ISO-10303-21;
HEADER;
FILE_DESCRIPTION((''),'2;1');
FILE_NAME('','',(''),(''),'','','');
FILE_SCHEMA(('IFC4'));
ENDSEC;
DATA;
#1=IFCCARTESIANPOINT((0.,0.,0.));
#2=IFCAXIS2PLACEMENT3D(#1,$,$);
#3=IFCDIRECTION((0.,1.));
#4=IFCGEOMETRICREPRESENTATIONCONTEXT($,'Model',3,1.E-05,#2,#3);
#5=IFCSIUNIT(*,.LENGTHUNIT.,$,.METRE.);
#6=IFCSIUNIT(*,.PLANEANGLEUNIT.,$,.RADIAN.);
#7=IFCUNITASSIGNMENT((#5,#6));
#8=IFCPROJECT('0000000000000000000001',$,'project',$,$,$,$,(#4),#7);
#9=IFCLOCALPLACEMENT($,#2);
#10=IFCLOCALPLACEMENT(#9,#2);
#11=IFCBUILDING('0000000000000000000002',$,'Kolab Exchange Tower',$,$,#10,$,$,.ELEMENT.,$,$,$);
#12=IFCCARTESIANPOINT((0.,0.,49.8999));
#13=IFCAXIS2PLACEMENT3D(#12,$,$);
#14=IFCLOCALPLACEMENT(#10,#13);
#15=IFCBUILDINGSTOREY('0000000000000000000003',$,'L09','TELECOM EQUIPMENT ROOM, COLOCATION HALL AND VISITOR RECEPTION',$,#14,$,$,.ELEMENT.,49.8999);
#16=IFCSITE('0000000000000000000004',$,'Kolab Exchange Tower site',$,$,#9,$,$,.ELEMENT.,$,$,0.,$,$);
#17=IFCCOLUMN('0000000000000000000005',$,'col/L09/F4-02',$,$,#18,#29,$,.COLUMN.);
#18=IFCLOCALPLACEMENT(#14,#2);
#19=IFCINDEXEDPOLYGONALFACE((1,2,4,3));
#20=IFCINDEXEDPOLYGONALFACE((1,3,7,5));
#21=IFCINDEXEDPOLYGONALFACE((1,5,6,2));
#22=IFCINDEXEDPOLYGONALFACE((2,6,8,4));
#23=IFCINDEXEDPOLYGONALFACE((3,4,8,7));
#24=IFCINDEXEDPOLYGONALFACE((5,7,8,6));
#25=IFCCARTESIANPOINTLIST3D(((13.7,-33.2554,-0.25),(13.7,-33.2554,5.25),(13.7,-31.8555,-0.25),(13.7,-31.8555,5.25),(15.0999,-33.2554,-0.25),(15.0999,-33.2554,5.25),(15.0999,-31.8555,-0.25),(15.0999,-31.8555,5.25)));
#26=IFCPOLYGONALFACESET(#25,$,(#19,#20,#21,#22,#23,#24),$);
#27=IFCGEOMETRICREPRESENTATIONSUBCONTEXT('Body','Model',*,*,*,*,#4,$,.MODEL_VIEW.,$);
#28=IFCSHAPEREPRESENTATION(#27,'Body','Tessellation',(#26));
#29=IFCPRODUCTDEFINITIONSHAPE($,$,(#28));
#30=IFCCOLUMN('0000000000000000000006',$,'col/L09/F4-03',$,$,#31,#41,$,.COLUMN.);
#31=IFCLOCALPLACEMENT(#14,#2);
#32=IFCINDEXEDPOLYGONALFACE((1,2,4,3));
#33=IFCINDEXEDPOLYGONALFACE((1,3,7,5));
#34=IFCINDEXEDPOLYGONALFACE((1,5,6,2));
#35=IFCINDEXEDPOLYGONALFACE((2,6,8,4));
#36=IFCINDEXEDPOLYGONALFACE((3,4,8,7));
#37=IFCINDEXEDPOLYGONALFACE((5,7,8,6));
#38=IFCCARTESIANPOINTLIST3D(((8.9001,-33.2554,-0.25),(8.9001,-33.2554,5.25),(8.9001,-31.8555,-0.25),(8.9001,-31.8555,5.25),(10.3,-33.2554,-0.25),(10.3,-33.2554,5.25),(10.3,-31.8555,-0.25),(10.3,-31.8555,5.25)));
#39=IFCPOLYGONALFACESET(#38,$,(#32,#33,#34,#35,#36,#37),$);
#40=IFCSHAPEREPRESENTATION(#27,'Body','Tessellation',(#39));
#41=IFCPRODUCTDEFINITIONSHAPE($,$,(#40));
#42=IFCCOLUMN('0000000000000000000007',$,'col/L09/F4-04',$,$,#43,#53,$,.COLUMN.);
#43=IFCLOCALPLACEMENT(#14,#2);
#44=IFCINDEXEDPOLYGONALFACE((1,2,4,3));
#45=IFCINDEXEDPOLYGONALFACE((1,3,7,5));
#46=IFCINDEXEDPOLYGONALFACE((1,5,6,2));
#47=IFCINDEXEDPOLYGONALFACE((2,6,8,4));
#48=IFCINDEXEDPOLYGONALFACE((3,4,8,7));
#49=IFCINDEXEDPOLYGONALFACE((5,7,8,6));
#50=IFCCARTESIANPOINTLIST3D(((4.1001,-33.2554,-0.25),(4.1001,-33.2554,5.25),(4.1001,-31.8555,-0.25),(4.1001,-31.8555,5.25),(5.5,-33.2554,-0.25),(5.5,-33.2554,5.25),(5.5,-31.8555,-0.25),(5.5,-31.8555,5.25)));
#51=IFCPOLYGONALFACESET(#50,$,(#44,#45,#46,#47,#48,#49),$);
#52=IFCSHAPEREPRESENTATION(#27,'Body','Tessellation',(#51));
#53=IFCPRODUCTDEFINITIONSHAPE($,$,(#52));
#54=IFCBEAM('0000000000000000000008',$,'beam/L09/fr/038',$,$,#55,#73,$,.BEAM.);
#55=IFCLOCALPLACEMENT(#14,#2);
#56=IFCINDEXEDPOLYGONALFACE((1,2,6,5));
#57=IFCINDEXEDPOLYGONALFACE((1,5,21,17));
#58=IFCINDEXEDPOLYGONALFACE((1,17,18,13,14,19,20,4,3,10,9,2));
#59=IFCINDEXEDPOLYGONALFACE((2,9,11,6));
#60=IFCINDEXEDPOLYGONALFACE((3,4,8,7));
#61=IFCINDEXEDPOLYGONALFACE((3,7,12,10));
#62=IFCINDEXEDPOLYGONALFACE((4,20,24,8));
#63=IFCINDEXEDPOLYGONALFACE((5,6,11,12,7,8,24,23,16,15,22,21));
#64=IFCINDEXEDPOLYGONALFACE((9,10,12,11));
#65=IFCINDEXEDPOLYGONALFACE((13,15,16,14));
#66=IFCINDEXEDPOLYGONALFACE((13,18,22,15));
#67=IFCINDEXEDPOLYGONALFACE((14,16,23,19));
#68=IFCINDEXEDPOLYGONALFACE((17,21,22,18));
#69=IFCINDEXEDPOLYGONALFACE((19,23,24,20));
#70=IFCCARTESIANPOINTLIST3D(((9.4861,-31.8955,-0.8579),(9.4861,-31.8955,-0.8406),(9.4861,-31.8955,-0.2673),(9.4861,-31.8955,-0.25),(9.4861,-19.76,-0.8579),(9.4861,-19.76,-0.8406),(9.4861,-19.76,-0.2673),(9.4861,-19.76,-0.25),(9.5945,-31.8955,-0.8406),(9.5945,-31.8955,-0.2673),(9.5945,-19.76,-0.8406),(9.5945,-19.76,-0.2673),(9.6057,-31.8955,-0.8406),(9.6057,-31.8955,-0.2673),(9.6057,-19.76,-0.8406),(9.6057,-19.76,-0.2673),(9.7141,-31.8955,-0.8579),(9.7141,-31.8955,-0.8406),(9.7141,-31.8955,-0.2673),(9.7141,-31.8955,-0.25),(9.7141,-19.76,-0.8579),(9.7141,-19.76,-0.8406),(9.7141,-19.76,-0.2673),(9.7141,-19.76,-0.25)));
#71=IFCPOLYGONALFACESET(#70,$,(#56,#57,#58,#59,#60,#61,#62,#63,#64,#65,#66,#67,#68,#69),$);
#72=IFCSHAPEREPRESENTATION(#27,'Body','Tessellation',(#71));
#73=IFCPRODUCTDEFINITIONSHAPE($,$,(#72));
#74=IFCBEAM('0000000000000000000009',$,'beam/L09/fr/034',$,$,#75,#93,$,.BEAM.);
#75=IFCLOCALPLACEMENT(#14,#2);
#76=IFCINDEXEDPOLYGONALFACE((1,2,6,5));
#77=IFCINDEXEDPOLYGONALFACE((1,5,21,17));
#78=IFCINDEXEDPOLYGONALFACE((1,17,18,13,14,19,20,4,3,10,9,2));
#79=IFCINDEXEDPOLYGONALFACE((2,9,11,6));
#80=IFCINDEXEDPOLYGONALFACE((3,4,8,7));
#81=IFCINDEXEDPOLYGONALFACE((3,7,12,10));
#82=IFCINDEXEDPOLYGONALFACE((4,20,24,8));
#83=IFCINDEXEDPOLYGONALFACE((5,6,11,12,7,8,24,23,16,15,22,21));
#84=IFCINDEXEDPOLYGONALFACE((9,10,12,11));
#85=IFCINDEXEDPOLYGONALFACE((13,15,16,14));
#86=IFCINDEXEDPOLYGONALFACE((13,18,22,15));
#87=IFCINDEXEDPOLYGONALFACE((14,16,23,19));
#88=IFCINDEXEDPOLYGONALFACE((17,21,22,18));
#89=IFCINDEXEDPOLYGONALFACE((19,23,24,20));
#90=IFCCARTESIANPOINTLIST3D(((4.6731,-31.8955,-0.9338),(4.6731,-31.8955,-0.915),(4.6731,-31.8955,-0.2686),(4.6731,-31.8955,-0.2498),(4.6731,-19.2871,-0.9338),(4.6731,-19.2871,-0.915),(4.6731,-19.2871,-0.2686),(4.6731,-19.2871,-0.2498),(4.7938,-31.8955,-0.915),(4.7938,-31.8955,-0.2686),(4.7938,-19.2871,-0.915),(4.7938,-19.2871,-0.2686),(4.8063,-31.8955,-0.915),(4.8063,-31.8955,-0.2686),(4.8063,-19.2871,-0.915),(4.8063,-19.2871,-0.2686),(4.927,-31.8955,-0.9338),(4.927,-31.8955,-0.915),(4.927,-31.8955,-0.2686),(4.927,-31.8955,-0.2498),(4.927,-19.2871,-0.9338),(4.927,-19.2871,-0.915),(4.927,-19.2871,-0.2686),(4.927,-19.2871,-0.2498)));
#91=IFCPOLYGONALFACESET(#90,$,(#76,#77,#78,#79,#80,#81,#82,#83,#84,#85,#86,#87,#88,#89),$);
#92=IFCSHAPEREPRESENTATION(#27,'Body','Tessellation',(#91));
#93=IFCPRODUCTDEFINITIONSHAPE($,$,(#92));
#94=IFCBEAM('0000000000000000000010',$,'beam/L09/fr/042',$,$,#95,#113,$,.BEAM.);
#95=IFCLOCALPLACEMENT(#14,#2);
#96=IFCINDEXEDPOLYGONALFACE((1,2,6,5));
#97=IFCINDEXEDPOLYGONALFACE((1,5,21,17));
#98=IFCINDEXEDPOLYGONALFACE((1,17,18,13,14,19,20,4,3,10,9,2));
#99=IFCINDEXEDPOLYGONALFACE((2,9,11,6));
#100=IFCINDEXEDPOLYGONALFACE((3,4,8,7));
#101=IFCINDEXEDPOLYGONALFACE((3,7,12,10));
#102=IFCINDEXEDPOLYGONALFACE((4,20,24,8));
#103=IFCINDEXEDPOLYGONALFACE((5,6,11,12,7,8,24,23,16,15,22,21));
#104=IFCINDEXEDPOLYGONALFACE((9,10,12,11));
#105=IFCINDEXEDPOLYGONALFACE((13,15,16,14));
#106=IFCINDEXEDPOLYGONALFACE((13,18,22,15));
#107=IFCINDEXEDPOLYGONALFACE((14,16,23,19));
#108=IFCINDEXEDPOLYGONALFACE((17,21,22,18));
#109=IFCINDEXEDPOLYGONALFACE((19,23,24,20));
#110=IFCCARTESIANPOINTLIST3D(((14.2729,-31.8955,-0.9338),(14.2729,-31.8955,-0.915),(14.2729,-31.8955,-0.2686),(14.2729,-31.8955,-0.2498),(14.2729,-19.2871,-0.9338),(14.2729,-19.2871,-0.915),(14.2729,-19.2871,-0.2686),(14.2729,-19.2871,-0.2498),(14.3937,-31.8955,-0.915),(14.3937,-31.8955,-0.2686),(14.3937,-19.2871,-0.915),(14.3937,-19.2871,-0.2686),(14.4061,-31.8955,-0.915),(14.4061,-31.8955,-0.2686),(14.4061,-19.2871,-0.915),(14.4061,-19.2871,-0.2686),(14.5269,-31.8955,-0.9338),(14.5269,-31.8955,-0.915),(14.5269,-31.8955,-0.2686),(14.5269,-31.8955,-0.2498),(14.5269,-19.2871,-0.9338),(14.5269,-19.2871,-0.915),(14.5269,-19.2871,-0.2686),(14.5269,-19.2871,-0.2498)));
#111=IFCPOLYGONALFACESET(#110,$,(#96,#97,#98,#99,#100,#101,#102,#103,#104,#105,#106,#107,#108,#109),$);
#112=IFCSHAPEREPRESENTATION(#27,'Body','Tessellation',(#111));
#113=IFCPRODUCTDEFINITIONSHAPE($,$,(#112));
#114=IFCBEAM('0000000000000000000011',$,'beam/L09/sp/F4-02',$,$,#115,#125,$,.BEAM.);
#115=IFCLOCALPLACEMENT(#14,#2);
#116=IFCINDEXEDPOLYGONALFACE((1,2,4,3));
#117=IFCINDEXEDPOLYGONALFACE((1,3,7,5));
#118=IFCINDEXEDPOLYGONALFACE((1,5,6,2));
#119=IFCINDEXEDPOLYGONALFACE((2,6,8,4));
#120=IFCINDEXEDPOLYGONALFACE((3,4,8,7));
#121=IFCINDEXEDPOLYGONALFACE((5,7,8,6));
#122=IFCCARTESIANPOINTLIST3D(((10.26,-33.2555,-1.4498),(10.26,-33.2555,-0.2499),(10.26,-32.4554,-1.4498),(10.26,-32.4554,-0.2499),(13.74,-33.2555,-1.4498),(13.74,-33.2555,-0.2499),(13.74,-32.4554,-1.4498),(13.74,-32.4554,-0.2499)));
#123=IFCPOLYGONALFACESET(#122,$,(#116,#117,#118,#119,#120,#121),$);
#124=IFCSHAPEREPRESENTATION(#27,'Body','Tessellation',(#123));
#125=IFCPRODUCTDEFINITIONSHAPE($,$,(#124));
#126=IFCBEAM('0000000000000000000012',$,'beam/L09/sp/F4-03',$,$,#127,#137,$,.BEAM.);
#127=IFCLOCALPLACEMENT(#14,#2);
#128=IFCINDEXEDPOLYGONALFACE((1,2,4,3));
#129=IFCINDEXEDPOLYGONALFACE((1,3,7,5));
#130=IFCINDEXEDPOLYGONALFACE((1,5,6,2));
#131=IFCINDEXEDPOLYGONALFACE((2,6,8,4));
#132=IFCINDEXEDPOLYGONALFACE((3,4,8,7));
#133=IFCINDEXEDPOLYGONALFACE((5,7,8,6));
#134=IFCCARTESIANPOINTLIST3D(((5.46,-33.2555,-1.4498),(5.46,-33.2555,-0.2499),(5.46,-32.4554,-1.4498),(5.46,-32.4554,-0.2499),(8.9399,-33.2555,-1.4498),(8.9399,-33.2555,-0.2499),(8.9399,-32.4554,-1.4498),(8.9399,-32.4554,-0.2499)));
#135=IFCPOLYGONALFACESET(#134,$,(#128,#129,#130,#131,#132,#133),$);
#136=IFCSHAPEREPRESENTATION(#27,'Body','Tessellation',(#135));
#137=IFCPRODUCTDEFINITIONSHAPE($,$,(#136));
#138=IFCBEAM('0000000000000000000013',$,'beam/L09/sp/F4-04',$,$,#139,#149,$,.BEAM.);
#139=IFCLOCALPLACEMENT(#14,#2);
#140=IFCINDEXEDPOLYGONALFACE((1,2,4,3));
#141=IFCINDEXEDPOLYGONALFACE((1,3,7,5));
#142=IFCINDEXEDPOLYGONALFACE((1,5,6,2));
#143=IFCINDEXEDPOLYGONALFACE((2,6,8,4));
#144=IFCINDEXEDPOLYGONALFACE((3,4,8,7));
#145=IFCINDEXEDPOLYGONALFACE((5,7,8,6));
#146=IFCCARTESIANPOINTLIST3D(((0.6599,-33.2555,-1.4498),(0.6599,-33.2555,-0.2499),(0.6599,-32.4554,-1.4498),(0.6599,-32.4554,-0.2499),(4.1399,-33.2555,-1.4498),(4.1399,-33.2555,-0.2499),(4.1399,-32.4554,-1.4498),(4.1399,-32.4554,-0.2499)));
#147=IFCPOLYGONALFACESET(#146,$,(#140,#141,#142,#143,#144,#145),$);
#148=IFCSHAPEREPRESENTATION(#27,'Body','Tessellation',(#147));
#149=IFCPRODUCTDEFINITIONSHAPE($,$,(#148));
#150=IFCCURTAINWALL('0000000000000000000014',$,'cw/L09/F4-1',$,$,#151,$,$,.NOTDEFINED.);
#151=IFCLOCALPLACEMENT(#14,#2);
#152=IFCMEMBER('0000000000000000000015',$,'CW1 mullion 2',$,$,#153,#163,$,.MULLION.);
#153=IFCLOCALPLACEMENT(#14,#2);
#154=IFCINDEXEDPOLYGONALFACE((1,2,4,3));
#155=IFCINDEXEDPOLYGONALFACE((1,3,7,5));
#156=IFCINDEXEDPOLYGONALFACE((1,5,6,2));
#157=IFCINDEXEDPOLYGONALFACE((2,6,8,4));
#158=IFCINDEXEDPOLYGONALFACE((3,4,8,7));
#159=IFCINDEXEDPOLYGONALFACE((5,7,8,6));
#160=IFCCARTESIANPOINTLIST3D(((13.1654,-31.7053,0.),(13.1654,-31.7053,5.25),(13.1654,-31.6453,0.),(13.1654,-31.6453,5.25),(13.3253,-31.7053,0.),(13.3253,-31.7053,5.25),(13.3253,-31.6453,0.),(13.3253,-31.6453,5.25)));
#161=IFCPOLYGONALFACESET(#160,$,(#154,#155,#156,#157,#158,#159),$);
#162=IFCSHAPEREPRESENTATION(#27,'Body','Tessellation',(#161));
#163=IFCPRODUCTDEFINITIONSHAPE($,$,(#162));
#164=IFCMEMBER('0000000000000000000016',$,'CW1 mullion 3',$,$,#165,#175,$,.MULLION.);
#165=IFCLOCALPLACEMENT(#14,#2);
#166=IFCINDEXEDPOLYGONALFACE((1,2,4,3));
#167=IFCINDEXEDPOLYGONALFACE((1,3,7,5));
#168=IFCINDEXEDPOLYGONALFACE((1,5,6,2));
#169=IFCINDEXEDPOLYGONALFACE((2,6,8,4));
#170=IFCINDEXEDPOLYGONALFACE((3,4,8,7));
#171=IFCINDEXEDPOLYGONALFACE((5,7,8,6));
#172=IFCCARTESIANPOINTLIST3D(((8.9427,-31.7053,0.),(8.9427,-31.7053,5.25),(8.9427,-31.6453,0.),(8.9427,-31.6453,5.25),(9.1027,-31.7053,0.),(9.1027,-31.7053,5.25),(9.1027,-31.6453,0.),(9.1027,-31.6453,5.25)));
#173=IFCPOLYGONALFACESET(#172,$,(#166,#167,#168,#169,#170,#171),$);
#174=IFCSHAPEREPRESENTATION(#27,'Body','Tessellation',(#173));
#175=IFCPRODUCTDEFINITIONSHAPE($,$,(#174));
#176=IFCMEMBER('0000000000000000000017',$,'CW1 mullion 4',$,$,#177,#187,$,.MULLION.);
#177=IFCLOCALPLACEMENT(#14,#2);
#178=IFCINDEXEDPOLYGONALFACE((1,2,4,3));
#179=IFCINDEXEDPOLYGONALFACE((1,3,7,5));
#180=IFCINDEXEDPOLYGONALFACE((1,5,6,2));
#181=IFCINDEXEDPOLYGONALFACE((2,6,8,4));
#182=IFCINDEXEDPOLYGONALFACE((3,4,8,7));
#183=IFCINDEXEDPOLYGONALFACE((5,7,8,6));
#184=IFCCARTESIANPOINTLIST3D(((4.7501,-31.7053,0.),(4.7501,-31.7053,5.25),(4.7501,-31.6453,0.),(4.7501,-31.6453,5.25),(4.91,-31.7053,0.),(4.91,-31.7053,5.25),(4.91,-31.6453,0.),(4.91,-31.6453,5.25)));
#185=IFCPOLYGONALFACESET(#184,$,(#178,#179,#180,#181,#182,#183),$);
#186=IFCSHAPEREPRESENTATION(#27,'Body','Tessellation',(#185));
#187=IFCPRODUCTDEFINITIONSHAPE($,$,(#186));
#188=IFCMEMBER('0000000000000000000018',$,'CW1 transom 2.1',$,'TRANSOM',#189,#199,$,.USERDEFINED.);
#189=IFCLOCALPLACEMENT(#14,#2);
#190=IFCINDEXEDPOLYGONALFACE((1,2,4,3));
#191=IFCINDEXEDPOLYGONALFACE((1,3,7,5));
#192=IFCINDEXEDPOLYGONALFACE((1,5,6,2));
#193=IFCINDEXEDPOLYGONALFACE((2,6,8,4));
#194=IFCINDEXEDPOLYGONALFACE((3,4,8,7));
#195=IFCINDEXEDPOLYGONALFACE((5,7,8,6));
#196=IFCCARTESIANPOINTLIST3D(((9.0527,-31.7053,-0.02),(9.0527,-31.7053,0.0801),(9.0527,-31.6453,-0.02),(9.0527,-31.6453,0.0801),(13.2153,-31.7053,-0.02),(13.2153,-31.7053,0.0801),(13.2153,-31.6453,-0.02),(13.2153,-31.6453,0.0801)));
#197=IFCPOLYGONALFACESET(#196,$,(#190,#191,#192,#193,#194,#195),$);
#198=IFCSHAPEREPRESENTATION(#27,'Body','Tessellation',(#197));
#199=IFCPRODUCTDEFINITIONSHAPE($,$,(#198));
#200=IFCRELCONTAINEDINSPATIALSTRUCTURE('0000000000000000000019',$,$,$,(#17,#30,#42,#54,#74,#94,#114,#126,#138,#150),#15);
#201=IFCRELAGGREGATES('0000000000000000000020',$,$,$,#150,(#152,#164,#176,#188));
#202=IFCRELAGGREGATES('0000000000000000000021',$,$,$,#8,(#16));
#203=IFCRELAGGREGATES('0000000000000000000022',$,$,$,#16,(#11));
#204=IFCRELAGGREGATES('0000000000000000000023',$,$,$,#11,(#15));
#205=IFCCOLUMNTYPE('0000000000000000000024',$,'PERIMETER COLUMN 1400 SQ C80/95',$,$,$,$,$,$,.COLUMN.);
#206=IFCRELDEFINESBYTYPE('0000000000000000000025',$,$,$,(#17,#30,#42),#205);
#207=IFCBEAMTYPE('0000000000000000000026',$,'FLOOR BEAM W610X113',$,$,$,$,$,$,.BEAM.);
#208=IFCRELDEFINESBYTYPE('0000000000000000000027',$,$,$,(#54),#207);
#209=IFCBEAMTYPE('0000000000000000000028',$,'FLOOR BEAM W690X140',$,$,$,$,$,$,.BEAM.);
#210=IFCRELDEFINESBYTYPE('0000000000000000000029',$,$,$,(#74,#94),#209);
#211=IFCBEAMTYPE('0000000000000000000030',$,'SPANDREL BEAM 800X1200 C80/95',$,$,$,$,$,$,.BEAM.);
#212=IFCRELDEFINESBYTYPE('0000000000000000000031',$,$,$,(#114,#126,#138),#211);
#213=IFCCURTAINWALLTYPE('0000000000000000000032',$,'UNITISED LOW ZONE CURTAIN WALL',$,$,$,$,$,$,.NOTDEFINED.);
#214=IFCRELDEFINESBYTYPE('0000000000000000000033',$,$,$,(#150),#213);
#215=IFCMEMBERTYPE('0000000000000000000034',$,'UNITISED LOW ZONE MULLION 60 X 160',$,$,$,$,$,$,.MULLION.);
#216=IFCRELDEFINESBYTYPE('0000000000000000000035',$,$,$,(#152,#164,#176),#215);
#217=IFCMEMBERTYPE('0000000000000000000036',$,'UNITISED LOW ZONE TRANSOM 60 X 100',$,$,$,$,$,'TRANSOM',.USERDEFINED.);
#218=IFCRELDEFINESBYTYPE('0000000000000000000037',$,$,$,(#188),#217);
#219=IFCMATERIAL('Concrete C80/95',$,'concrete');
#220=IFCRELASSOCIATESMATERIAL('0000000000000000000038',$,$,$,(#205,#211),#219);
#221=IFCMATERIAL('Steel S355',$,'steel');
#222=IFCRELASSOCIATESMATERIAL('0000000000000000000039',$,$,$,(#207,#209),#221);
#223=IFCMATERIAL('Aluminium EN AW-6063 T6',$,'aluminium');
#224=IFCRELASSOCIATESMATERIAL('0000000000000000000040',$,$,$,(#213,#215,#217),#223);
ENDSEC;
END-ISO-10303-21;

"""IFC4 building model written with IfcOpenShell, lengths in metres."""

from ifc_helpers import new_model, si_unit, direction, frame, origin, origin_2d, place, context, subcontext, project, spatial, rectangle, i_section, extrude, material, material_profile, profile_set, type_object, element, aggregate, save


model = new_model("IFC4")

# Units and contexts
model_context = context("Model", 3, precision=1e-05, world=origin(), true_north=direction((0.0, 1.0)))
body_context = subcontext(model_context, "Body", "Model", "MODEL_VIEW")
ifc_project = project(units=[si_unit("LENGTHUNIT", "METRE"), si_unit("PLANEANGLEUNIT", "RADIAN")], contexts=[model_context])

# Site, building, storey
site_placement = place(None, origin())
site = spatial("IfcSite", under=ifc_project, at=site_placement, Name="Kolab Exchange Tower site", CompositionType="ELEMENT", RefElevation=0.0)
building_placement = place(site_placement, origin())
building = spatial("IfcBuilding", under=site, at=building_placement, Name="Kolab Exchange Tower", CompositionType="ELEMENT")
storey_placement = place(building_placement, frame((0.0, 0.0, 49.8999)))
storey = spatial("IfcBuildingStorey", under=building, at=storey_placement, Name="L09", Description="TELECOM EQUIPMENT ROOM, COLOCATION HALL AND VISITOR RECEPTION", CompositionType="ELEMENT", Elevation=49.8999)

# Columns
ifc_material_1 = material(Name="Concrete C80/95", Category="concrete")
ifc_material_profile_1 = material_profile(ifc_material_1, rectangle(XDim=1.3999, YDim=1.3999, at=origin_2d()), Name="RC1400")
ifc_profile_set_1 = profile_set([ifc_material_profile_1], Name="Concrete C80/95")
column_type = type_object("IfcColumnType", Name="PERIMETER COLUMN 1400 SQ C80/95", PredefinedType="COLUMN", material=ifc_profile_set_1)
for number, where, z_axis, x_axis, name in (
    (1, (14.3999, -32.5554, -0.25), (0.0, 0.0, 1.0), (1.0, 0.0, 0.0), "col/L09/F4-02"),
    (2, (9.6001, -32.5554, -0.25), (0.0, 0.0, 1.0), (1.0, 0.0, 0.0), "col/L09/F4-03"),
    (3, (4.8, -32.5554, -0.25), (0.0, 0.0, 1.0), (1.0, 0.0, 0.0), "col/L09/F4-04"),
):
    element("IfcColumn", number, at=place(storey_placement, frame(where, z_axis=z_axis, x_axis=x_axis)), inside=storey, type_object=column_type, Name=name, PredefinedType="COLUMN", context=body_context, shape_type="SweptSolid", body=[
        extrude(rectangle(XDim=1.3999, YDim=1.3999, at=origin_2d()), origin(), (0.0, 0.0, 1.0), 5.5),
    ])

# Beams
ifc_material_2 = material(Name="Steel S355", Category="steel")
ifc_material_profile_2 = material_profile(ifc_material_2, i_section(OverallWidth=0.228, OverallDepth=0.6079, WebThickness=0.0112, FlangeThickness=0.0173, at=origin_2d()), Name="W610X113")
ifc_profile_set_2 = profile_set([ifc_material_profile_2], Name="Steel S355")
beam_type_1 = type_object("IfcBeamType", Name="FLOOR BEAM W610X113", PredefinedType="BEAM", material=ifc_profile_set_2)
beam_placement = place(storey_placement, frame((9.6001, -31.8955, -0.554), z_axis=(0.0, 1.0, 0.0), x_axis=(-1.0, 0.0, 0.0)))
element("IfcBeam", 4, at=beam_placement, inside=storey, type_object=beam_type_1, Name="beam/L09/fr/038", PredefinedType="BEAM", context=body_context, shape_type="SweptSolid", body=[
    extrude(i_section(OverallWidth=0.228, OverallDepth=0.6079, WebThickness=0.0112, FlangeThickness=0.0173, at=origin_2d()), origin(), (0.0, 0.0, 1.0), 12.1355),
])
ifc_material_profile_3 = material_profile(ifc_material_2, i_section(OverallWidth=0.2539, OverallDepth=0.6841, WebThickness=0.0125, FlangeThickness=0.0188, at=origin_2d()), Name="W690X140")
ifc_profile_set_3 = profile_set([ifc_material_profile_3], Name="Steel S355")
beam_type_2 = type_object("IfcBeamType", Name="FLOOR BEAM W690X140", PredefinedType="BEAM", material=ifc_profile_set_3)
for number, where, z_axis, x_axis, name in (
    (5, (4.8, -31.8955, -0.5918), (0.0, 1.0, 0.0), (-1.0, 0.0, 0.0), "beam/L09/fr/034"),
    (6, (14.3999, -31.8955, -0.5918), (0.0, 1.0, 0.0), (-1.0, 0.0, 0.0), "beam/L09/fr/042"),
):
    element("IfcBeam", number, at=place(storey_placement, frame(where, z_axis=z_axis, x_axis=x_axis)), inside=storey, type_object=beam_type_2, Name=name, PredefinedType="BEAM", context=body_context, shape_type="SweptSolid", body=[
        extrude(i_section(OverallWidth=0.2539, OverallDepth=0.6841, WebThickness=0.0125, FlangeThickness=0.0188, at=origin_2d()), origin(), (0.0, 0.0, 1.0), 12.6084),
    ])
ifc_material_profile_4 = material_profile(ifc_material_1, rectangle(XDim=0.8, YDim=1.2, at=origin_2d()), Name="RC800X1200")
ifc_profile_set_4 = profile_set([ifc_material_profile_4], Name="Concrete C80/95")
beam_type_3 = type_object("IfcBeamType", Name="SPANDREL BEAM 800X1200 C80/95", PredefinedType="BEAM", material=ifc_profile_set_4)
for number, where, z_axis, x_axis, name in (
    (7, (13.74, -32.8555, -0.8499), (-1.0, 0.0, 0.0), (0.0, -1.0, 0.0), "beam/L09/sp/F4-02"),
    (8, (8.9399, -32.8555, -0.8499), (-1.0, 0.0, 0.0), (0.0, -1.0, 0.0), "beam/L09/sp/F4-03"),
    (9, (4.1399, -32.8555, -0.8499), (-1.0, 0.0, 0.0), (0.0, -1.0, 0.0), "beam/L09/sp/F4-04"),
):
    element("IfcBeam", number, at=place(storey_placement, frame(where, z_axis=z_axis, x_axis=x_axis)), inside=storey, type_object=beam_type_3, Name=name, PredefinedType="BEAM", context=body_context, shape_type="SweptSolid", body=[
        extrude(rectangle(XDim=0.8, YDim=1.2, at=origin_2d()), origin(), (0.0, 0.0, 1.0), 3.48),
    ])

# Curtain wall, members
ifc_material_3 = material(Name="Aluminium EN AW-6063 T6", Category="aluminium")
curtain_wall_type = type_object("IfcCurtainWallType", Name="UNITISED LOW ZONE CURTAIN WALL", PredefinedType="NOTDEFINED", material=ifc_material_3)
curtain_wall_placement = place(storey_placement, origin())
curtain_wall = element("IfcCurtainWall", 10, at=curtain_wall_placement, inside=storey, type_object=curtain_wall_type, Name="cw/L09/F4-1", PredefinedType="NOTDEFINED")
ifc_material_profile_5 = material_profile(ifc_material_3, rectangle(XDim=0.0601, YDim=0.1599, at=origin_2d()), Name="RECT 60X160")
ifc_profile_set_5 = profile_set([ifc_material_profile_5], Name="Aluminium EN AW-6063 T6")
member_type_1 = type_object("IfcMemberType", Name="UNITISED LOW ZONE MULLION 60 X 160", PredefinedType="MULLION", material=ifc_profile_set_5)
member_1_placement = place(storey_placement, frame((13.2454, -31.6753, 0.0), z_axis=(0.0, 0.0, 1.0), x_axis=(0.0, -1.0, 0.0)))
member_1 = element("IfcMember", 11, at=member_1_placement, type_object=member_type_1, Name="CW1 mullion 2", PredefinedType="MULLION", context=body_context, shape_type="SweptSolid", body=[
    extrude(rectangle(XDim=0.0601, YDim=0.1599, at=origin_2d()), origin(), (0.0, 0.0, 1.0), 5.25),
])
member_2_placement = place(storey_placement, frame((9.0227, -31.6753, 0.0), z_axis=(0.0, 0.0, 1.0), x_axis=(0.0, -1.0, 0.0)))
member_2 = element("IfcMember", 12, at=member_2_placement, type_object=member_type_1, Name="CW1 mullion 3", PredefinedType="MULLION", context=body_context, shape_type="SweptSolid", body=[
    extrude(rectangle(XDim=0.0601, YDim=0.1599, at=origin_2d()), origin(), (0.0, 0.0, 1.0), 5.25),
])
member_3_placement = place(storey_placement, frame((4.8301, -31.6753, 0.0), z_axis=(0.0, 0.0, 1.0), x_axis=(0.0, -1.0, 0.0)))
member_3 = element("IfcMember", 13, at=member_3_placement, type_object=member_type_1, Name="CW1 mullion 4", PredefinedType="MULLION", context=body_context, shape_type="SweptSolid", body=[
    extrude(rectangle(XDim=0.0601, YDim=0.1599, at=origin_2d()), origin(), (0.0, 0.0, 1.0), 5.25),
])
ifc_material_profile_6 = material_profile(ifc_material_3, rectangle(XDim=0.0601, YDim=0.1001, at=origin_2d()), Name="RECT 60X100")
ifc_profile_set_6 = profile_set([ifc_material_profile_6], Name="Aluminium EN AW-6063 T6")
member_type_2 = type_object("IfcMemberType", Name="UNITISED LOW ZONE TRANSOM 60 X 100", ElementType="TRANSOM", PredefinedType="USERDEFINED", material=ifc_profile_set_6)
member_4_placement = place(storey_placement, frame((13.2153, -31.6753, 0.03), z_axis=(-1.0, 0.0, 0.0), x_axis=(0.0, -1.0, 0.0)))
member_4 = element("IfcMember", 14, at=member_4_placement, type_object=member_type_2, Name="CW1 transom 2.1", ObjectType="TRANSOM", PredefinedType="USERDEFINED", context=body_context, shape_type="SweptSolid", body=[
    extrude(rectangle(XDim=0.0601, YDim=0.1001, at=origin_2d()), origin(), (0.0, 0.0, 1.0), 4.1626),
])
aggregate(curtain_wall, [member_1, member_2, member_3, member_4])

save(model, "model.ifc")
